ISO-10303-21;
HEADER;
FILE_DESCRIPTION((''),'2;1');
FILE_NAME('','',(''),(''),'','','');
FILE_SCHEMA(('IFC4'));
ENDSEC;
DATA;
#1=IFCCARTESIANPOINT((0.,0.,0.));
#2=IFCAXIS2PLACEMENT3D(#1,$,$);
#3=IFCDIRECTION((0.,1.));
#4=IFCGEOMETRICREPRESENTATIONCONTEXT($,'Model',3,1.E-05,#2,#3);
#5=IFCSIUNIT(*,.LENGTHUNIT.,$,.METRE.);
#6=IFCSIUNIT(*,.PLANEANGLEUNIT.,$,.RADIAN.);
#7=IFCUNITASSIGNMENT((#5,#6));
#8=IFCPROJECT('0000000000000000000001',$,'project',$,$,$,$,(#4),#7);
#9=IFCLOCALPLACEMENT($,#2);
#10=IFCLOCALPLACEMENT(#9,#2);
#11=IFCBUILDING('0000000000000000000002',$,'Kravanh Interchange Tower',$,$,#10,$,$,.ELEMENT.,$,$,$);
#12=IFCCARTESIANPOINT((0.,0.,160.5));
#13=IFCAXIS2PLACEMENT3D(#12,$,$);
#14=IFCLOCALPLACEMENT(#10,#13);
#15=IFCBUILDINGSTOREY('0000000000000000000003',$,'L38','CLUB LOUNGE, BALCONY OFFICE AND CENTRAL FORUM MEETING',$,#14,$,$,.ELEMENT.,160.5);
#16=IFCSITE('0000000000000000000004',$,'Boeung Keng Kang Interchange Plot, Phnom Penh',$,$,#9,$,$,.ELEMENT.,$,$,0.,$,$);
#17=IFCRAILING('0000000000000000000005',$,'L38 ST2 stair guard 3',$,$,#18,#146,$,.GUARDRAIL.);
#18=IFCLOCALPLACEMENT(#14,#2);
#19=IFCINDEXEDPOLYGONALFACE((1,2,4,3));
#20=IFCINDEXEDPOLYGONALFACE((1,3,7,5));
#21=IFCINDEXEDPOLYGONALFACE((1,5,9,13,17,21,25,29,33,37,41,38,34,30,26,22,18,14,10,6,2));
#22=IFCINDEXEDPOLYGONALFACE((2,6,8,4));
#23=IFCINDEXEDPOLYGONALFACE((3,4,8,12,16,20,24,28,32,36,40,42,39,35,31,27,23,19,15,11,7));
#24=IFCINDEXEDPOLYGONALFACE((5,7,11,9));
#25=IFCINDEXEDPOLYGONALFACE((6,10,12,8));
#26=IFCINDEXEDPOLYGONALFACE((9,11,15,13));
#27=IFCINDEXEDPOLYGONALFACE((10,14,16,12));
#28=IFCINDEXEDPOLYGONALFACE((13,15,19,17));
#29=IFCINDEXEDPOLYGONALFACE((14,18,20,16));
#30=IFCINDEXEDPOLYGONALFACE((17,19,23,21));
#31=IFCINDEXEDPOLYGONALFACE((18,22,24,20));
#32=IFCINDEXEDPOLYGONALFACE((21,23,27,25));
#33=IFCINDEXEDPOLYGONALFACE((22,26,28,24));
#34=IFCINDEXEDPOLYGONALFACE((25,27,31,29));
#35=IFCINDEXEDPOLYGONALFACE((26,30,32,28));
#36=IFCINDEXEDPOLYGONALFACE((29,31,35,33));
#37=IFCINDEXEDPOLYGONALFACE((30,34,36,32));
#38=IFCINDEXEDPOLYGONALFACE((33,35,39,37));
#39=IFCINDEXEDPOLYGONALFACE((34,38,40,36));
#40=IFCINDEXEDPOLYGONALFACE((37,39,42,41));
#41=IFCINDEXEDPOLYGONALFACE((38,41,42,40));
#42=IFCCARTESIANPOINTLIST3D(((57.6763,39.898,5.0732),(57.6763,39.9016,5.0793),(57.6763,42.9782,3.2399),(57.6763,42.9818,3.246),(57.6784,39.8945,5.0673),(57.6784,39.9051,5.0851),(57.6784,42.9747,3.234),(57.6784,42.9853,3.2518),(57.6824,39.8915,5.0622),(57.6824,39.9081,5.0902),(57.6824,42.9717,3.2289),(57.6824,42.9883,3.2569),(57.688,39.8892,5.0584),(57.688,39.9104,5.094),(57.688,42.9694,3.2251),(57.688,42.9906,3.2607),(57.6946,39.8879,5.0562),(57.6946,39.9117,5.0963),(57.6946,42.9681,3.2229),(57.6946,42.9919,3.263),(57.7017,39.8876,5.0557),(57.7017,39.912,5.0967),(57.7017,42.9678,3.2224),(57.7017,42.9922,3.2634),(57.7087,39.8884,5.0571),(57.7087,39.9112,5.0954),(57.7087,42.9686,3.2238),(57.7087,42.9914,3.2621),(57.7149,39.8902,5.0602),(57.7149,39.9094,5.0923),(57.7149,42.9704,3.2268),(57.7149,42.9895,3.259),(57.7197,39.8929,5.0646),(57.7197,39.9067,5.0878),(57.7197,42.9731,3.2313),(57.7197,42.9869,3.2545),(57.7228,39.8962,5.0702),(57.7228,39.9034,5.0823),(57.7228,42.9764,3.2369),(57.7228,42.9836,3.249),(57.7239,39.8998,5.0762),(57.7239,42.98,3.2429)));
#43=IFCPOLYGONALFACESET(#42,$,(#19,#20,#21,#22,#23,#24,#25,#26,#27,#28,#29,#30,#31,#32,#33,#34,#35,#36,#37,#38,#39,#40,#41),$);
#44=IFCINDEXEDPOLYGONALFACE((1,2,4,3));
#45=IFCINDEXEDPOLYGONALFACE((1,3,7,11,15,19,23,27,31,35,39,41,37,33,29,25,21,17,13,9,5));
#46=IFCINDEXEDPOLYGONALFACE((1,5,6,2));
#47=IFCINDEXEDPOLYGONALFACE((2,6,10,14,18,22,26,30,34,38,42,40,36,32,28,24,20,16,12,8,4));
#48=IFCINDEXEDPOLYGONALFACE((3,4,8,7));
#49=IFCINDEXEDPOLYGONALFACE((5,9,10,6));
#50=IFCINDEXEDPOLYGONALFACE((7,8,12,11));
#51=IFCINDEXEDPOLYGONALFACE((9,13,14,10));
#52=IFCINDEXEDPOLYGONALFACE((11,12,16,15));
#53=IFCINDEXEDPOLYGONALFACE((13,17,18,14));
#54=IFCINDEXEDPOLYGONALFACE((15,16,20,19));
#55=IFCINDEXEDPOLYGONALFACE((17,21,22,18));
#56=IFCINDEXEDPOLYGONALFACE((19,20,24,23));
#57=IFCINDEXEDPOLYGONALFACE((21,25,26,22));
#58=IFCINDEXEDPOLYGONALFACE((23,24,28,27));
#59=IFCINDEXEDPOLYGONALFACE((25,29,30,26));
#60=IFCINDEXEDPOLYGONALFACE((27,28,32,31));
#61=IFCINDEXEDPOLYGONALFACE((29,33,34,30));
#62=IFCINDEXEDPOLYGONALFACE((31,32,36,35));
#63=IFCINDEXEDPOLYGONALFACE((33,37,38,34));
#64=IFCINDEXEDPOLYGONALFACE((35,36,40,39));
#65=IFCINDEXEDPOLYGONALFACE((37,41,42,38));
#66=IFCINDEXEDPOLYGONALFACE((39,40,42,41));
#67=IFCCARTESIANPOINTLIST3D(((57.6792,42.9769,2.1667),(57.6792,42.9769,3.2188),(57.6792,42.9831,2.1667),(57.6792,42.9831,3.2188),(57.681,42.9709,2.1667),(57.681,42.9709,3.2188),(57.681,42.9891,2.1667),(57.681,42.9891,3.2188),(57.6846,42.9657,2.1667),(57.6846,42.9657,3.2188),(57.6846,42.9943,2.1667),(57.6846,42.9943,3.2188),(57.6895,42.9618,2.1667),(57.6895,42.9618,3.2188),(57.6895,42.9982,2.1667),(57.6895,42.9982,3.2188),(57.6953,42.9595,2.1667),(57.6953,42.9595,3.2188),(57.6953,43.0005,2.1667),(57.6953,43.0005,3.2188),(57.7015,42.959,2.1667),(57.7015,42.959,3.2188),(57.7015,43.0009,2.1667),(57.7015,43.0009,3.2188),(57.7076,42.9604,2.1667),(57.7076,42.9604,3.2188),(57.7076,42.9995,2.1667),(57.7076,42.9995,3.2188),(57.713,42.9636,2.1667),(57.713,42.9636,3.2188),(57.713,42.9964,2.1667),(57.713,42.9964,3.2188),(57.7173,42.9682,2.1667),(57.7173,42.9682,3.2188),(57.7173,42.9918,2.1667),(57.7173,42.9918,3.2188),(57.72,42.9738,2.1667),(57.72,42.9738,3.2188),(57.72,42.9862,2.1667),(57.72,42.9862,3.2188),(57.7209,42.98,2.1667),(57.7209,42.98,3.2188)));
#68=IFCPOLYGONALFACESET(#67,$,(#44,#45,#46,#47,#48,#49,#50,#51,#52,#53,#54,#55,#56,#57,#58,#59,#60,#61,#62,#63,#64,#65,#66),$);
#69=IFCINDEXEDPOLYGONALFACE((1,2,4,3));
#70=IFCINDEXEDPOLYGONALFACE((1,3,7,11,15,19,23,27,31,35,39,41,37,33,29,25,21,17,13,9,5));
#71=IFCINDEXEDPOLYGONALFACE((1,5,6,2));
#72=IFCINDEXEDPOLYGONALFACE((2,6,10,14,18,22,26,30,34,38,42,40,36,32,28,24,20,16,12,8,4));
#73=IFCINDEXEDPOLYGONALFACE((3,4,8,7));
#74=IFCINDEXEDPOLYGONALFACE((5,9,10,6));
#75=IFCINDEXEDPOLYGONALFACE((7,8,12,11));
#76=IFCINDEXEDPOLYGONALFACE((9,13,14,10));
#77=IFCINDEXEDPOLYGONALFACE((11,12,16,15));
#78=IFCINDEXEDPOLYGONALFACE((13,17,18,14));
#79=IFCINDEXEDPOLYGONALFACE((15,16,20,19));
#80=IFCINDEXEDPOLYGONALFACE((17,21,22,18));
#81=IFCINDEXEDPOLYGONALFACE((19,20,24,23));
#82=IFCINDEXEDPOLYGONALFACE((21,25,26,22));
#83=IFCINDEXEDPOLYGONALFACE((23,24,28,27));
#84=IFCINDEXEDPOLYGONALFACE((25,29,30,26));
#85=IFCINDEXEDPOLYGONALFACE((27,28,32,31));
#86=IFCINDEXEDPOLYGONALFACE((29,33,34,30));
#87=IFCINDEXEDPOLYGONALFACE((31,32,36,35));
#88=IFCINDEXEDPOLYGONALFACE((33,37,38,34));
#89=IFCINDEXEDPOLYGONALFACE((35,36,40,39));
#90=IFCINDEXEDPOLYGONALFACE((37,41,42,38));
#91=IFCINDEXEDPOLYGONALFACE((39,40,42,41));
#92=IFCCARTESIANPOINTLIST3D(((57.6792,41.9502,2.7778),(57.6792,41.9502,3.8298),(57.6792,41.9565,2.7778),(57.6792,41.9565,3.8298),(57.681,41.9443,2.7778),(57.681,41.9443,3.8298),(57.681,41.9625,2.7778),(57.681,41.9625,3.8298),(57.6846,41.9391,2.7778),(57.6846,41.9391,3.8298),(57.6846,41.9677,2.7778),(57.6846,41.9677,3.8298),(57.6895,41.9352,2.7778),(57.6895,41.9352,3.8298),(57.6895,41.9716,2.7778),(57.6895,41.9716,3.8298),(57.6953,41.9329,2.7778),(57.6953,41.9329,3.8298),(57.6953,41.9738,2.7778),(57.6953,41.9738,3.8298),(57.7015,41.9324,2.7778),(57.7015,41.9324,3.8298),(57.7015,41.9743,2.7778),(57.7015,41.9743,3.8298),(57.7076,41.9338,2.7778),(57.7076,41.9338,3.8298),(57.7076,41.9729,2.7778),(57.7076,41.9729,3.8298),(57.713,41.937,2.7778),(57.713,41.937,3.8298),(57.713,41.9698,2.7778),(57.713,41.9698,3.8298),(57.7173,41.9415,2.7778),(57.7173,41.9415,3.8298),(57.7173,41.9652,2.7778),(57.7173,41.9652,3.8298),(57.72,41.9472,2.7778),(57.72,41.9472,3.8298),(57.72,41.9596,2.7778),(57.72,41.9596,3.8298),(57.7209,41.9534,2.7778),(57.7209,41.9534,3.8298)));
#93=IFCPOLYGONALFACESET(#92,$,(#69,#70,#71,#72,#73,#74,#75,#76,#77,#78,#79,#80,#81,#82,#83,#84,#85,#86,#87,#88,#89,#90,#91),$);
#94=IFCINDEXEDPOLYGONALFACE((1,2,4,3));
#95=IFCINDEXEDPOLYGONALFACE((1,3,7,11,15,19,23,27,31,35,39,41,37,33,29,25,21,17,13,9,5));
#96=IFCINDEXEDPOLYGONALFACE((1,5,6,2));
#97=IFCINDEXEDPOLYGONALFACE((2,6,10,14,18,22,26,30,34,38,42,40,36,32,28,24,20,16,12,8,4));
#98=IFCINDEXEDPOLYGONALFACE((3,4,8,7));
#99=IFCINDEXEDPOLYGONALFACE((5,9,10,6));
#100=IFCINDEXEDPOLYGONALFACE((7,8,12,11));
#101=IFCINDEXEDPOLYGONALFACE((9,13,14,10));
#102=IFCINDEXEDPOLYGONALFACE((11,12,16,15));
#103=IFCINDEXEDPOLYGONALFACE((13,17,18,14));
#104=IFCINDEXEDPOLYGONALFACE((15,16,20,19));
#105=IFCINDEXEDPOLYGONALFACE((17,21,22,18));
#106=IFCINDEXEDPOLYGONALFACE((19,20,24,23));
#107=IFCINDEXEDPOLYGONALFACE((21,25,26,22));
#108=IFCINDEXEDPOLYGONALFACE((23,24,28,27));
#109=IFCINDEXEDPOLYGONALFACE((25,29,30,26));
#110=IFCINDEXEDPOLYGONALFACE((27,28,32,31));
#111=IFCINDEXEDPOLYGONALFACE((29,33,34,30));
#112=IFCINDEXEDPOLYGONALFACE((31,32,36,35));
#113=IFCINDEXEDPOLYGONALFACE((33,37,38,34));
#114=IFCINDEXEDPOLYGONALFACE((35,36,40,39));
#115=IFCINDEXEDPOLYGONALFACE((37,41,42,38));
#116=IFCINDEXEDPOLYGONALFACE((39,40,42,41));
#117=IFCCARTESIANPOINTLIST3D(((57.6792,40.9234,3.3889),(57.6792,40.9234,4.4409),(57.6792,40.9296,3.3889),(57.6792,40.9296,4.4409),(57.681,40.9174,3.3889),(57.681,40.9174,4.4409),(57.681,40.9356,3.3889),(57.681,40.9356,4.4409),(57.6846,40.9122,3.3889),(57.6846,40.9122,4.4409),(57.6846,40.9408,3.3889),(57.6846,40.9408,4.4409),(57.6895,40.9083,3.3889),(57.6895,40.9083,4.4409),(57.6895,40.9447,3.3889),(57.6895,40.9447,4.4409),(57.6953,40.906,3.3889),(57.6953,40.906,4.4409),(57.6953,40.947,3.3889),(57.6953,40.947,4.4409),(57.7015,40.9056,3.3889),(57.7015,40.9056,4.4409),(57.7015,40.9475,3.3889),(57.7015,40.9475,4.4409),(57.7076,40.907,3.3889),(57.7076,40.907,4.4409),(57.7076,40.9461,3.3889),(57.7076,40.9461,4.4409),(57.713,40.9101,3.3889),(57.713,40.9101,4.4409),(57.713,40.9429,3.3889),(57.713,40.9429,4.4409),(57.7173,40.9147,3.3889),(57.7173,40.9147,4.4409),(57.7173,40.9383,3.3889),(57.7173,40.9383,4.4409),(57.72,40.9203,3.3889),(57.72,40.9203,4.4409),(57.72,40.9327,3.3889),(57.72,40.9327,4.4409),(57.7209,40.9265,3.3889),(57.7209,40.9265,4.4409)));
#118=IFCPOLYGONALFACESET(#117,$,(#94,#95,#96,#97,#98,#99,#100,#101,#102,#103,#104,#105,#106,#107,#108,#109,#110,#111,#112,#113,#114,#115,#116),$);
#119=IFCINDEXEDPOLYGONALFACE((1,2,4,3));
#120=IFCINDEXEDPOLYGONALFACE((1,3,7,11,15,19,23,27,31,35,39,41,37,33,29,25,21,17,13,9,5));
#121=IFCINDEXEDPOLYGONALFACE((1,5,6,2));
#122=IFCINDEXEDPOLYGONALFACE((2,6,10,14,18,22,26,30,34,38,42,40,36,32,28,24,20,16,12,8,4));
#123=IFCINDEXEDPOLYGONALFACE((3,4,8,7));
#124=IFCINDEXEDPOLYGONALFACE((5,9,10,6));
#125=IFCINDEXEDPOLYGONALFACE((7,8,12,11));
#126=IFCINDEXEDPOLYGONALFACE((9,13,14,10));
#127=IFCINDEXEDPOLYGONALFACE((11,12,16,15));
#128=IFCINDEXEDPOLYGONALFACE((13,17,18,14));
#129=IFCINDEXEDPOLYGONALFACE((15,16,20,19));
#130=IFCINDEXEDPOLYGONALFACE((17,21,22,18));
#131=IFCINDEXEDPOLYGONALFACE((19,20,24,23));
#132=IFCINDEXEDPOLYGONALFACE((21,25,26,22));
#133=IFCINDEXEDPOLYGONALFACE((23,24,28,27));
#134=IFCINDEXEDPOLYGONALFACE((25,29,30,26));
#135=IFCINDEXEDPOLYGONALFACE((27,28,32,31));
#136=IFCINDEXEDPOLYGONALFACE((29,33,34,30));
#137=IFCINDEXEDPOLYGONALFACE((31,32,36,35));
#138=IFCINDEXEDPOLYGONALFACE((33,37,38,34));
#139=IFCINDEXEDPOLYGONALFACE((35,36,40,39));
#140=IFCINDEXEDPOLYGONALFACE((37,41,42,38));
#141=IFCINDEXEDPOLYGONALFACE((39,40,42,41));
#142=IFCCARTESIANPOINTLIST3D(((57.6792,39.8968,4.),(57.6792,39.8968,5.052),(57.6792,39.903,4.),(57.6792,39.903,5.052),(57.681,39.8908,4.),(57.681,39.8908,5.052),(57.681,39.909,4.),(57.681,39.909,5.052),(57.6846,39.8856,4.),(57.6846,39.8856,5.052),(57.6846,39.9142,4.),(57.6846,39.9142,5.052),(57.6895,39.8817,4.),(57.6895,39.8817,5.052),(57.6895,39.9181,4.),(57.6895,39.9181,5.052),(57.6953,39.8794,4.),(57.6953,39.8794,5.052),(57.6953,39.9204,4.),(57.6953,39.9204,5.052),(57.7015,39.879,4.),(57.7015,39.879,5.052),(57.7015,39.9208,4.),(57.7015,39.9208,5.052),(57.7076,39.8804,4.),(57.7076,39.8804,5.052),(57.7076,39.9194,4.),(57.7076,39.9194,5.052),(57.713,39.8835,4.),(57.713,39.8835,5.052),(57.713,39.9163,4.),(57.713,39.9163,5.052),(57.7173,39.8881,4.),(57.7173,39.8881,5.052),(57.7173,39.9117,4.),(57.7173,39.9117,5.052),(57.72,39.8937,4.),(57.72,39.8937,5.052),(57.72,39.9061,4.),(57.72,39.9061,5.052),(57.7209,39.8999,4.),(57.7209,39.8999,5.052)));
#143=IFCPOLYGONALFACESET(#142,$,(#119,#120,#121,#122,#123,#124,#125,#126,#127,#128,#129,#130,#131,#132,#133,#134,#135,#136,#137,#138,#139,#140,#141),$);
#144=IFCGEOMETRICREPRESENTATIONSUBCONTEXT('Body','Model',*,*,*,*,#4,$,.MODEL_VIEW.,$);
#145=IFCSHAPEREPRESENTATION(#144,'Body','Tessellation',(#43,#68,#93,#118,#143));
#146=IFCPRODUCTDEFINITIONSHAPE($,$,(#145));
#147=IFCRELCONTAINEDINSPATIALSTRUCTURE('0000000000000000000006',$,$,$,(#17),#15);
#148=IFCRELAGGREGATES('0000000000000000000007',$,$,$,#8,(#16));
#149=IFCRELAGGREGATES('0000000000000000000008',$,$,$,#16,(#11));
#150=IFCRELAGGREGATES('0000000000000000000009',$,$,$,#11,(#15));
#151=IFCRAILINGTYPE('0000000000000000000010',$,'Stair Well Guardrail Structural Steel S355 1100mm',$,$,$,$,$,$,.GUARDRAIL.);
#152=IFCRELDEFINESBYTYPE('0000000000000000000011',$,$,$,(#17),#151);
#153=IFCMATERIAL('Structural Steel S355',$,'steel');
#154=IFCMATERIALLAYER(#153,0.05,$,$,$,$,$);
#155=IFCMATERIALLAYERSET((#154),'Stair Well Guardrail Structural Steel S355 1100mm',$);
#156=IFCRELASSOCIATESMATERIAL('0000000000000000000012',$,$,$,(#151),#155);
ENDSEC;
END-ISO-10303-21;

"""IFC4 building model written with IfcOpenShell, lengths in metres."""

from ifc_helpers import new_model, si_unit, direction, frame, origin, origin_2d, place, context, subcontext, project, spatial, circle, extrude, material, layer, layer_set, type_object, element, save


model = new_model("IFC4")

# Units and contexts
model_context = context("Model", 3, precision=1e-05, world=origin(), true_north=direction((0.0, 1.0)))
body_context = subcontext(model_context, "Body", "Model", "MODEL_VIEW")
ifc_project = project(units=[si_unit("LENGTHUNIT", "METRE"), si_unit("PLANEANGLEUNIT", "RADIAN")], contexts=[model_context])

# Site, building, storey
site_placement = place(None, origin())
site = spatial("IfcSite", under=ifc_project, at=site_placement, Name="Boeung Keng Kang Interchange Plot, Phnom Penh", CompositionType="ELEMENT", RefElevation=0.0)
building_placement = place(site_placement, origin())
building = spatial("IfcBuilding", under=site, at=building_placement, Name="Kravanh Interchange Tower", CompositionType="ELEMENT")
storey_placement = place(building_placement, frame((0.0, 0.0, 160.5)))
storey = spatial("IfcBuildingStorey", under=building, at=storey_placement, Name="L38", Description="CLUB LOUNGE, BALCONY OFFICE AND CENTRAL FORUM MEETING", CompositionType="ELEMENT", Elevation=160.5)

# Railing
ifc_material_1 = material(Name="Structural Steel S355", Category="steel")
ifc_layer_1 = layer(ifc_material_1, 0.05)
ifc_layer_set_1 = layer_set([ifc_layer_1], Name="Stair Well Guardrail Structural Steel S355 1100mm")
railing_type_1 = type_object("IfcRailingType", Name="Stair Well Guardrail Structural Steel S355 1100mm", PredefinedType="GUARDRAIL", material=ifc_layer_set_1)
railing_1_placement = place(storey_placement, frame((57.7, 42.98, 2.1667)))
element("IfcRailing", 1, at=railing_1_placement, inside=storey, type_object=railing_type_1, Name="L38 ST2 stair guard 3", PredefinedType="GUARDRAIL", context=body_context, shape_type="SweptSolid", body=[
    extrude(circle(Radius=0.0239, at=origin_2d()), frame((0.0, 0.0, 1.0762), z_axis=(0.0, -0.859309, 0.511458), x_axis=(1.0, 0.0, 0.0)), (0.0, 0.0, 1.0), 3.5845),
    extrude(circle(Radius=0.021, at=origin_2d()), origin(), (0.0, 0.0, 1.0), 1.052),
    extrude(circle(Radius=0.021, at=origin_2d()), frame((0.0, -1.0266, 0.6111)), (0.0, 0.0, 1.0), 1.052),
    extrude(circle(Radius=0.021, at=origin_2d()), frame((0.0, -2.0535, 1.2222)), (0.0, 0.0, 1.0), 1.052),
    extrude(circle(Radius=0.021, at=origin_2d()), frame((0.0, -3.0801, 1.8333)), (0.0, 0.0, 1.0), 1.052),
])

save(model, "model.ifc")
